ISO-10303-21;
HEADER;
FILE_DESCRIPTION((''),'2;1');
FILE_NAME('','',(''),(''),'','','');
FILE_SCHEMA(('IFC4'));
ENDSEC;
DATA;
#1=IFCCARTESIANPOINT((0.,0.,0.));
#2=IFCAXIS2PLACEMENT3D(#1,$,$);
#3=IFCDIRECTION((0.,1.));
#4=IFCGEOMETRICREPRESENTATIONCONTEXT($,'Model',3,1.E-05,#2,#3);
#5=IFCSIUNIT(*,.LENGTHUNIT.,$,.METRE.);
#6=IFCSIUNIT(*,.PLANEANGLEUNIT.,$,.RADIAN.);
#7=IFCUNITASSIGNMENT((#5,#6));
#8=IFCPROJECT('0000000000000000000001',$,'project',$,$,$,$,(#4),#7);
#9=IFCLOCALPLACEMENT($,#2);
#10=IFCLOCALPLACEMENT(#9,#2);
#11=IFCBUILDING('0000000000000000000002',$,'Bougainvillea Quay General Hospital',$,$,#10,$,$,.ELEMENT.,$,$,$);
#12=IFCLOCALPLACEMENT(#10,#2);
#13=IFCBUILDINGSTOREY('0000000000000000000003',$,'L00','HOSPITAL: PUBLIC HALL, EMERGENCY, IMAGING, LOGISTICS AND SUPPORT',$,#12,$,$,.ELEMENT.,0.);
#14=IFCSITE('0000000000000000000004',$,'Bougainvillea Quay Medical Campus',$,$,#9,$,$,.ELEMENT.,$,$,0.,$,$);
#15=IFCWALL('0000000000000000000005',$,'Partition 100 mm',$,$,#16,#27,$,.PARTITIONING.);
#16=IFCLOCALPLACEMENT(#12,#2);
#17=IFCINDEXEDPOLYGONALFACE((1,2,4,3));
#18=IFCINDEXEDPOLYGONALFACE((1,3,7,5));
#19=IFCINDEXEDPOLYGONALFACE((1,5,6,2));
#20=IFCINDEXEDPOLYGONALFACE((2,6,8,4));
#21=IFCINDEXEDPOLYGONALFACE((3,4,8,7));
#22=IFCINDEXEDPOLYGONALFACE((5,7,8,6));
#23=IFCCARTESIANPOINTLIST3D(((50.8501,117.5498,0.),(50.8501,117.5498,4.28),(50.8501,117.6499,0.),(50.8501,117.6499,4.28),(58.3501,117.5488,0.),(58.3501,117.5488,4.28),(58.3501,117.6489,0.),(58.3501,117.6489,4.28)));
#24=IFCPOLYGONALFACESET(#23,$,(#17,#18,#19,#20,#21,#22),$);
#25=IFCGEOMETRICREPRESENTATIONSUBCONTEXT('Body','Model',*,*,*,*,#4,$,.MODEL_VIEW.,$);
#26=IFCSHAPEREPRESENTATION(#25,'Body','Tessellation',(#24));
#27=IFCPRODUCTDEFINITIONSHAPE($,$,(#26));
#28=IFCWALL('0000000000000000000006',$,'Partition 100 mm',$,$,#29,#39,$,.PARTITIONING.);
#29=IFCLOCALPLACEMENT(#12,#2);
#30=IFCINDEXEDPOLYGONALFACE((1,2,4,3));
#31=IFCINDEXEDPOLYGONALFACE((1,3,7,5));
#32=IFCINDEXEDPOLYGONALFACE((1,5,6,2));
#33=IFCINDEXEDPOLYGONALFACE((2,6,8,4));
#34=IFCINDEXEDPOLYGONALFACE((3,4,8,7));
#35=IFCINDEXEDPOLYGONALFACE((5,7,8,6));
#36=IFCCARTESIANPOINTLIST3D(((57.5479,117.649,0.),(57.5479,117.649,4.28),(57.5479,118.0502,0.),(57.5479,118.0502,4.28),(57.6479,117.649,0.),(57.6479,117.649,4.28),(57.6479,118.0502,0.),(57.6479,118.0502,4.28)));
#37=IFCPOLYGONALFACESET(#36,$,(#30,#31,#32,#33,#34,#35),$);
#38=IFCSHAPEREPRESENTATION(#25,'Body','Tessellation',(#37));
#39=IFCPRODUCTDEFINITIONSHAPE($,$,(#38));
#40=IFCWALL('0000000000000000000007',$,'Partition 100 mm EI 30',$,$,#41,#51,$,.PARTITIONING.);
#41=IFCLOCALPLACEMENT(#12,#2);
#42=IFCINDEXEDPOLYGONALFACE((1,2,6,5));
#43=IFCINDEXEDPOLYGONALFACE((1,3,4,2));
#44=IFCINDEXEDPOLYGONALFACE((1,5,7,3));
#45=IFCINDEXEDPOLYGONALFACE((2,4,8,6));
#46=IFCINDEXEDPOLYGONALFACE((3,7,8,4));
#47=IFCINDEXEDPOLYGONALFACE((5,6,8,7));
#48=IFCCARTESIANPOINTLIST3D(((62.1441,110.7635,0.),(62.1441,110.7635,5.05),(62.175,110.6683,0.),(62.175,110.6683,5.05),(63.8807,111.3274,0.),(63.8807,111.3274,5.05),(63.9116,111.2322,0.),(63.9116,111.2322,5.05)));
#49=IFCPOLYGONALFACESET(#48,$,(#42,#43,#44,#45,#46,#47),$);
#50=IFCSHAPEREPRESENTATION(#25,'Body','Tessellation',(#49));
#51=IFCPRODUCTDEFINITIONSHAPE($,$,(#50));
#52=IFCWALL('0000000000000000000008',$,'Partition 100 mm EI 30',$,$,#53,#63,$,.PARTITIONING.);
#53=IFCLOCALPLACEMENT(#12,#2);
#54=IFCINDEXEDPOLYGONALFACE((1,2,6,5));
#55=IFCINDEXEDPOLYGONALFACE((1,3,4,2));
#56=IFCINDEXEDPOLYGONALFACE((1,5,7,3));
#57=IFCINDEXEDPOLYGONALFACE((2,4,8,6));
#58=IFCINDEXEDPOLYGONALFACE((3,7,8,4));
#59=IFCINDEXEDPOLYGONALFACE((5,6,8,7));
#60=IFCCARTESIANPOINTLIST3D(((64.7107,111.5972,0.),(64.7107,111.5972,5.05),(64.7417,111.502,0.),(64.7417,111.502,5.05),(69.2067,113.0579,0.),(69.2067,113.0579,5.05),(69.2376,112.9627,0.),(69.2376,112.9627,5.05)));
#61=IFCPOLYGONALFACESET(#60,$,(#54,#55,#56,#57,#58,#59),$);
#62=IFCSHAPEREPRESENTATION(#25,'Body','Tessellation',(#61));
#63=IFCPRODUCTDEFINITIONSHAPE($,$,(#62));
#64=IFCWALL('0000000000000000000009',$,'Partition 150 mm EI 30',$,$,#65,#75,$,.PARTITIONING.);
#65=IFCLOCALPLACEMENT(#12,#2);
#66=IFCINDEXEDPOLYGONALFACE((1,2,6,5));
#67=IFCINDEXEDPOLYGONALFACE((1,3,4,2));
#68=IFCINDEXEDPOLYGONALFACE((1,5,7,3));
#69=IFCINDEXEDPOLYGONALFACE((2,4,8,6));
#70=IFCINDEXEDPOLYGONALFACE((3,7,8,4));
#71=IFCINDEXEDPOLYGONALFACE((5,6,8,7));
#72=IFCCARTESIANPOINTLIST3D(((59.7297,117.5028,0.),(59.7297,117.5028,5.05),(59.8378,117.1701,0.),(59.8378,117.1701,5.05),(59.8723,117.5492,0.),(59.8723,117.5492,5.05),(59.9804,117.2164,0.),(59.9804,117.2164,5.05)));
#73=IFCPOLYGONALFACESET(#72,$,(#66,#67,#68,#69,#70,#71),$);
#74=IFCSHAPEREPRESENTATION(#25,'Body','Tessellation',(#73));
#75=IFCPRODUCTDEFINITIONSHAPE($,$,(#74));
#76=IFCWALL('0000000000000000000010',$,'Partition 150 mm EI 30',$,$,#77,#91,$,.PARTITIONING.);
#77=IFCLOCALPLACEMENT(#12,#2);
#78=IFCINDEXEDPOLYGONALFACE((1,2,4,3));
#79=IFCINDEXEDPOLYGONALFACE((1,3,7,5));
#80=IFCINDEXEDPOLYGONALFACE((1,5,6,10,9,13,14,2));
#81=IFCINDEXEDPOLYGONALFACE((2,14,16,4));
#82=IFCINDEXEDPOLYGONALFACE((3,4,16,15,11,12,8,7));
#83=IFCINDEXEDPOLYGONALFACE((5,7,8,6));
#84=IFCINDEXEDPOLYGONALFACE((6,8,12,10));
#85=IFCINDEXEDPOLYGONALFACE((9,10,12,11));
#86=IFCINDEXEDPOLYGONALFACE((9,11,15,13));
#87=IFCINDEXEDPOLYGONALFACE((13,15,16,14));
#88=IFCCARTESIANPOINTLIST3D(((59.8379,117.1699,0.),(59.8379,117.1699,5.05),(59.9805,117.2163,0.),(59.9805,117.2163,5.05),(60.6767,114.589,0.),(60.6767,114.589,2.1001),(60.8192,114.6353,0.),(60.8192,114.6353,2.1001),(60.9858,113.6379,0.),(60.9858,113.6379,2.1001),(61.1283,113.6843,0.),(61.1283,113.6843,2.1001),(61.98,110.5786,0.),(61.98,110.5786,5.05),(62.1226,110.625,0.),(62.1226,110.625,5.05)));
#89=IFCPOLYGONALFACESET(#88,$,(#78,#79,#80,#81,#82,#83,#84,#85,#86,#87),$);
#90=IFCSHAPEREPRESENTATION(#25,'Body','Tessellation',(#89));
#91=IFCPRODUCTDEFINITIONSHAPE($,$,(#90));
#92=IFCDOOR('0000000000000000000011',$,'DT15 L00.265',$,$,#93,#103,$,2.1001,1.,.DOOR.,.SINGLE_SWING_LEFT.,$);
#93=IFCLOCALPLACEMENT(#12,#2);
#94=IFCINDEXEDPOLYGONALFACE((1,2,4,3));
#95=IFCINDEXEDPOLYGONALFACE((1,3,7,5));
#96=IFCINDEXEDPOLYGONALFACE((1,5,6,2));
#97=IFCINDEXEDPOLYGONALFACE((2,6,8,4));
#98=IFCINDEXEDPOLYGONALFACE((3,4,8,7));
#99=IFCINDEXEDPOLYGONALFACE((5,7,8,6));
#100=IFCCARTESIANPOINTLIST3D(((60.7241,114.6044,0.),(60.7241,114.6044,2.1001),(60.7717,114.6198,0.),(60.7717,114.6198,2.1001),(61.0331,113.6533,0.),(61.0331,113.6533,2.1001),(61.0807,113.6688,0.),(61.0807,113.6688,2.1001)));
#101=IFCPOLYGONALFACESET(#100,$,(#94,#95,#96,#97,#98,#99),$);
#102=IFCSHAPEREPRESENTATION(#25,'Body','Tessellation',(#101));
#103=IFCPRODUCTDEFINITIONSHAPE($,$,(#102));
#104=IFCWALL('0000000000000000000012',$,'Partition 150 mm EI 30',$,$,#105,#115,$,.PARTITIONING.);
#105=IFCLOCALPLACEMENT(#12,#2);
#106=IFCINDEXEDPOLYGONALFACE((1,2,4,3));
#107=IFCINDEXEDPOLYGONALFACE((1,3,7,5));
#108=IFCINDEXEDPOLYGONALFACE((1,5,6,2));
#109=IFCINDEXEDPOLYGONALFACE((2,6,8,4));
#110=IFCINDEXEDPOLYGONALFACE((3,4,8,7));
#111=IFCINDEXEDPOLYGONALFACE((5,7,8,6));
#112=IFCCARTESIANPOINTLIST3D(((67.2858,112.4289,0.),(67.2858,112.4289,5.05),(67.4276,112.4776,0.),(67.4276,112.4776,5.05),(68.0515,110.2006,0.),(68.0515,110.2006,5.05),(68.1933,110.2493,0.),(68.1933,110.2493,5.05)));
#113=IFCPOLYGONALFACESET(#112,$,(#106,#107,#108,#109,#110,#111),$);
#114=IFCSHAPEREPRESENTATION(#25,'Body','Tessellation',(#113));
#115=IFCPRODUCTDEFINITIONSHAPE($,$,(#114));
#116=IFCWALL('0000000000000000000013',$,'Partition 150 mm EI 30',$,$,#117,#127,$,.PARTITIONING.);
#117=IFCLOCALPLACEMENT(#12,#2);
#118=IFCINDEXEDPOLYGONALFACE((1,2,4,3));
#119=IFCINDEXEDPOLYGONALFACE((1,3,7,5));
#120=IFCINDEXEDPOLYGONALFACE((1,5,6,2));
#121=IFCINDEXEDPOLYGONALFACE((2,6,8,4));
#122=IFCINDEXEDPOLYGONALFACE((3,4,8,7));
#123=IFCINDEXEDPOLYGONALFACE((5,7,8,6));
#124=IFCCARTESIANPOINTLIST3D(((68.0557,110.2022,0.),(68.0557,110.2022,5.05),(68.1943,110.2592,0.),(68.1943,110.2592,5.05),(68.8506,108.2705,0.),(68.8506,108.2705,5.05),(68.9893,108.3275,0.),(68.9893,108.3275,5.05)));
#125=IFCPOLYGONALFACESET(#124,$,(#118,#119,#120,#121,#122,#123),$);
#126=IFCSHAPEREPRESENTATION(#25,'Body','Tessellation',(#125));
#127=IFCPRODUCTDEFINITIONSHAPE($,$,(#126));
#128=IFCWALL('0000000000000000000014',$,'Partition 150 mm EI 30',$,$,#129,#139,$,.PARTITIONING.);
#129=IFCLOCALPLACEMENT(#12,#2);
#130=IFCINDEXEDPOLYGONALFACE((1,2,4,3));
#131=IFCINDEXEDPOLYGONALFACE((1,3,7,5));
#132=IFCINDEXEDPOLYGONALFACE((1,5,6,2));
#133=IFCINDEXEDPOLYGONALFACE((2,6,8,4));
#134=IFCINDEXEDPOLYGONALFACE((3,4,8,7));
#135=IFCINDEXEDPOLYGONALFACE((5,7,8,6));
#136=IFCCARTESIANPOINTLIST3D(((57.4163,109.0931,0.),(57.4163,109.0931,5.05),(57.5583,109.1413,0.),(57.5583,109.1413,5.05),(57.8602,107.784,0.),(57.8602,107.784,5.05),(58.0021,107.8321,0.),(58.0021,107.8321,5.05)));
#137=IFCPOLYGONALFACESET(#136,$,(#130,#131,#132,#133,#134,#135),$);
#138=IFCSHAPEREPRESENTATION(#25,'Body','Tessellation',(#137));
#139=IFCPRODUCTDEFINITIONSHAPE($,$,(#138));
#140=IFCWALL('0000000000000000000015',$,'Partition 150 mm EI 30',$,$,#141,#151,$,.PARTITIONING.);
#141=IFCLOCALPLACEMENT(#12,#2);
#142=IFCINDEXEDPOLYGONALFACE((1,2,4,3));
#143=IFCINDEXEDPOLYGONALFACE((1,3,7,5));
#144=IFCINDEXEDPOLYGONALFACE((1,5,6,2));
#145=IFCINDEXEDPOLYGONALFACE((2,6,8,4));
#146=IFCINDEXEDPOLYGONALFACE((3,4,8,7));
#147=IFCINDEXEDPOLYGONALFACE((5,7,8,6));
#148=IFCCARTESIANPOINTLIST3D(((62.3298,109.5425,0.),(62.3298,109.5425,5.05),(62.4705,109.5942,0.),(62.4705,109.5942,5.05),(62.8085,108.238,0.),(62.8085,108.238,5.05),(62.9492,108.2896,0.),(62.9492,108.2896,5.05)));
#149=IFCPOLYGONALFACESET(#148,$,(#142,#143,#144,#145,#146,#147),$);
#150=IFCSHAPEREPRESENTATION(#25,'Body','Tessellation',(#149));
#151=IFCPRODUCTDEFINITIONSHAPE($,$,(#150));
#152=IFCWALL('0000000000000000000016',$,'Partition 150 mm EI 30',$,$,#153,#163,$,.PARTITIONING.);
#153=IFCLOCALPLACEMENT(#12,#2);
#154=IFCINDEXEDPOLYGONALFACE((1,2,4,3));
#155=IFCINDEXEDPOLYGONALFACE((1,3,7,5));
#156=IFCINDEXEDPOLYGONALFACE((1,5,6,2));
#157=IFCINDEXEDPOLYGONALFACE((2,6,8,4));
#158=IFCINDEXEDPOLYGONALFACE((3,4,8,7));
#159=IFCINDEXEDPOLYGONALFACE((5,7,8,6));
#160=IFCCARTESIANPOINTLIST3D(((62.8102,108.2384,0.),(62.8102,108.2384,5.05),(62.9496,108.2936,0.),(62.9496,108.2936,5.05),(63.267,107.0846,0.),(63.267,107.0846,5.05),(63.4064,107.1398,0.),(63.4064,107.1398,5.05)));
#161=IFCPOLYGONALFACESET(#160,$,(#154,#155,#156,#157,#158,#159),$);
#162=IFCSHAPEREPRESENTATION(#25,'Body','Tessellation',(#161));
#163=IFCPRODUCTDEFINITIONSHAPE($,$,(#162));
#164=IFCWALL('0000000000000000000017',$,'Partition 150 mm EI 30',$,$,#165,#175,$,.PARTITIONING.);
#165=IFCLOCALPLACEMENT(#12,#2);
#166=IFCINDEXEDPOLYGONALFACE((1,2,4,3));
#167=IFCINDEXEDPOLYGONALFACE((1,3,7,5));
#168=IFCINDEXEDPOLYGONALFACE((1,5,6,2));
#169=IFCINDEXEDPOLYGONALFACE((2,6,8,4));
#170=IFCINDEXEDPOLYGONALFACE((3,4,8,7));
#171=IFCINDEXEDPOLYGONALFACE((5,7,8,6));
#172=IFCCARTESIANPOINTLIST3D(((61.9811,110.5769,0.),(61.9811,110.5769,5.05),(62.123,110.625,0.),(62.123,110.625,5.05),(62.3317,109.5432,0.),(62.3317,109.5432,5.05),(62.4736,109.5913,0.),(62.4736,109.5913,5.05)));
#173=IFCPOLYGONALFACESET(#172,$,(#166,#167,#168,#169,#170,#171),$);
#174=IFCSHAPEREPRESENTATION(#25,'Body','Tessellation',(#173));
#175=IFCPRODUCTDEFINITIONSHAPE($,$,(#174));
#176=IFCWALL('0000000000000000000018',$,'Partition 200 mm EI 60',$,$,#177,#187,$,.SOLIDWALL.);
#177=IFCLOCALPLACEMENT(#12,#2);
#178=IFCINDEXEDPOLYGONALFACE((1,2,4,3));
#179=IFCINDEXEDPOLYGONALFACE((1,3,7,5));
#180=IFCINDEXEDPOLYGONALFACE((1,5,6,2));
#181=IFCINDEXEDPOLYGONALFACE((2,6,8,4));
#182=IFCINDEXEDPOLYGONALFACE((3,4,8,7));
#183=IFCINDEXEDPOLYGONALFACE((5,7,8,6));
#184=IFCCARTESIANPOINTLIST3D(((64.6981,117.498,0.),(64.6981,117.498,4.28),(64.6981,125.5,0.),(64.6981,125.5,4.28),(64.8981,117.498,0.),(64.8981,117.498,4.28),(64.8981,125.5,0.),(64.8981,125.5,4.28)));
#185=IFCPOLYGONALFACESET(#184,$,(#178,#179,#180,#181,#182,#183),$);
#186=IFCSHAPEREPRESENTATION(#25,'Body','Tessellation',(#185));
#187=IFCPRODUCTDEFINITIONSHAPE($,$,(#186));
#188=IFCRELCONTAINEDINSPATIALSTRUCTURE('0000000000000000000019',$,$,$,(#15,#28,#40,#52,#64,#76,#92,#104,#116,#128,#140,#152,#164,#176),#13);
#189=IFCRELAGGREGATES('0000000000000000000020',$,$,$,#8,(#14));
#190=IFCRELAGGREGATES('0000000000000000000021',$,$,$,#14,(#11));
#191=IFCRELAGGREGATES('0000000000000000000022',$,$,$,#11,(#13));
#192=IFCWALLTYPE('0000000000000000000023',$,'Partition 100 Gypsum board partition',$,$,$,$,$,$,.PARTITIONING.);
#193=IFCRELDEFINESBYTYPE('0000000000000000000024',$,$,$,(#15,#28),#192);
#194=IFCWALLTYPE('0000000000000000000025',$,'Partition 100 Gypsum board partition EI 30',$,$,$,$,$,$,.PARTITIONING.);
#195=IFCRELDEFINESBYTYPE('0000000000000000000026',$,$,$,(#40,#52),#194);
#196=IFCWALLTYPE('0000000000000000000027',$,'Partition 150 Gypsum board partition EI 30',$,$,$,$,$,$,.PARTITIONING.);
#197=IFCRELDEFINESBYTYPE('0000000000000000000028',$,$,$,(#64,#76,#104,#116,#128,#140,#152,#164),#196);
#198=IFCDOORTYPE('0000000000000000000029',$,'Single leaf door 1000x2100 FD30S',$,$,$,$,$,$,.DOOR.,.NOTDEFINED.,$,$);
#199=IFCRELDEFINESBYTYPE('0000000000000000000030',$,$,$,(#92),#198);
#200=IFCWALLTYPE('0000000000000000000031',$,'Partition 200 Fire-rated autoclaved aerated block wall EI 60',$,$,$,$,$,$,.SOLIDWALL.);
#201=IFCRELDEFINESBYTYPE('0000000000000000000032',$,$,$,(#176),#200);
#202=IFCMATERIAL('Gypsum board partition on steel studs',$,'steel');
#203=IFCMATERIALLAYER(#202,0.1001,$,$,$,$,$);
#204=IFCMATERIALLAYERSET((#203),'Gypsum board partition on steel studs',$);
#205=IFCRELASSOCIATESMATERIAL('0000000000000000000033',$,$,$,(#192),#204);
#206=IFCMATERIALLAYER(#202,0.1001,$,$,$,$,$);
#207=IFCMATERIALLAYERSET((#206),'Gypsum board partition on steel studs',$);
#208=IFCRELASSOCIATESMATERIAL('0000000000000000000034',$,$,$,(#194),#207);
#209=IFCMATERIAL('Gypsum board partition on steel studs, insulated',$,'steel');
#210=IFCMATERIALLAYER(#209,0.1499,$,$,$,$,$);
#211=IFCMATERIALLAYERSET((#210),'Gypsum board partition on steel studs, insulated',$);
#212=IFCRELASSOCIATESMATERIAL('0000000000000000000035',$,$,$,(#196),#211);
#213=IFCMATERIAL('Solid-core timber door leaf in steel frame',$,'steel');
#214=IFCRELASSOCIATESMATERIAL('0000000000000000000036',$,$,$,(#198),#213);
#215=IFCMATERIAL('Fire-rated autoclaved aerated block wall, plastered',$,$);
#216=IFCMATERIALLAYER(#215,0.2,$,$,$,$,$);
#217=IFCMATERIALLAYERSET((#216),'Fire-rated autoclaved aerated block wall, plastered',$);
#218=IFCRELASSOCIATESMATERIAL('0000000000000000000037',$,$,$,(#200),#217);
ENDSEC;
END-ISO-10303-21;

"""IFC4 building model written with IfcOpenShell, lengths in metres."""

from ifc_helpers import new_model, si_unit, direction, frame, frame_2d, origin, place, context, subcontext, project, spatial, rectangle, extrude, material, layer, layer_set, type_object, element, fill, save


model = new_model("IFC4")

# Units and contexts
model_context = context("Model", 3, precision=1e-05, world=origin(), true_north=direction((0.0, 1.0)))
body_context = subcontext(model_context, "Body", "Model", "MODEL_VIEW")
ifc_project = project(units=[si_unit("LENGTHUNIT", "METRE"), si_unit("PLANEANGLEUNIT", "RADIAN")], contexts=[model_context])

# Site, building, storey
site_placement = place(None, origin())
site = spatial("IfcSite", under=ifc_project, at=site_placement, Name="Bougainvillea Quay Medical Campus", CompositionType="ELEMENT", RefElevation=0.0)
building_placement = place(site_placement, origin())
building = spatial("IfcBuilding", under=site, at=building_placement, Name="Bougainvillea Quay General Hospital", CompositionType="ELEMENT")
storey_placement = place(building_placement, origin())
storey = spatial("IfcBuildingStorey", under=building, at=storey_placement, Name="L00", Description="HOSPITAL: PUBLIC HALL, EMERGENCY, IMAGING, LOGISTICS AND SUPPORT", CompositionType="ELEMENT", Elevation=0.0)

# Walls
ifc_material_1 = material(Name="Gypsum board partition on steel studs", Category="steel")
ifc_layer_1 = layer(ifc_material_1, 0.1001)
ifc_layer_set_1 = layer_set([ifc_layer_1], Name="Gypsum board partition on steel studs")
wall_type_1 = type_object("IfcWallType", Name="Partition 100 Gypsum board partition", PredefinedType="PARTITIONING", material=ifc_layer_set_1)
wall_1_placement = place(storey_placement, frame((58.3501, 117.5989, 0.0), z_axis=(0.0, 0.0, 1.0), x_axis=(-1.0, 0.00013, 0.0)))
element("IfcWall", 1, at=wall_1_placement, inside=storey, type_object=wall_type_1, Name="Partition 100 mm", PredefinedType="PARTITIONING", context=body_context, shape_type="SweptSolid", body=[
    extrude(rectangle(XDim=7.5, YDim=0.1001, at=frame_2d((3.75, 0.0))), origin(), (0.0, 0.0, 1.0), 4.28),
])
wall_2_placement = place(storey_placement, frame((57.5979, 117.6489, 0.0), z_axis=(0.0, 0.0, 1.0), x_axis=(0.0, 1.0, 0.0)))
element("IfcWall", 2, at=wall_2_placement, inside=storey, type_object=wall_type_1, Name="Partition 100 mm", PredefinedType="PARTITIONING", context=body_context, shape_type="SweptSolid", body=[
    extrude(rectangle(XDim=0.4011, YDim=0.1001, at=frame_2d((0.2007, 0.0))), origin(), (0.0, 0.0, 1.0), 4.28),
])
ifc_layer_2 = layer(ifc_material_1, 0.1001)
ifc_layer_set_2 = layer_set([ifc_layer_2], Name="Gypsum board partition on steel studs")
wall_type_2 = type_object("IfcWallType", Name="Partition 100 Gypsum board partition EI 30", PredefinedType="PARTITIONING", material=ifc_layer_set_2)
wall_3_placement = place(storey_placement, frame((62.1594, 110.7158, 0.0), z_axis=(0.0, 0.0, 1.0), x_axis=(0.951102, 0.308877, 0.0)))
element("IfcWall", 3, at=wall_3_placement, inside=storey, type_object=wall_type_2, Name="Partition 100 mm EI 30", PredefinedType="PARTITIONING", context=body_context, shape_type="SweptSolid", body=[
    extrude(rectangle(XDim=1.8259, YDim=0.1001, at=frame_2d((0.9131, 0.0))), origin(), (0.0, 0.0, 1.0), 5.05),
])
wall_4_placement = place(storey_placement, frame((64.7261, 111.5496, 0.0), z_axis=(0.0, 0.0, 1.0), x_axis=(0.951063, 0.308998, 0.0)))
element("IfcWall", 4, at=wall_4_placement, inside=storey, type_object=wall_type_2, Name="Partition 100 mm EI 30", PredefinedType="PARTITIONING", context=body_context, shape_type="SweptSolid", body=[
    extrude(rectangle(XDim=4.7273, YDim=0.1001, at=frame_2d((2.3638, 0.0))), origin(), (0.0, 0.0, 1.0), 5.05),
])
ifc_material_2 = material(Name="Gypsum board partition on steel studs, insulated", Category="steel")
ifc_layer_3 = layer(ifc_material_2, 0.1499)
ifc_layer_set_3 = layer_set([ifc_layer_3], Name="Gypsum board partition on steel studs, insulated")
wall_type_3 = type_object("IfcWallType", Name="Partition 150 Gypsum board partition EI 30", PredefinedType="PARTITIONING", material=ifc_layer_set_3)
wall_5_placement = place(storey_placement, frame((59.801, 117.5259, 0.0), z_axis=(0.0, 0.0, 1.0), x_axis=(0.309102, -0.951029, 0.0)))
element("IfcWall", 5, at=wall_5_placement, inside=storey, type_object=wall_type_3, Name="Partition 150 mm EI 30", PredefinedType="PARTITIONING", context=body_context, shape_type="SweptSolid", body=[
    extrude(rectangle(XDim=0.3499, YDim=0.1499, at=frame_2d((0.1748, 0.0))), origin(), (0.0, 0.0, 1.0), 5.05),
])

# Wall, opening, door
wall_6_placement = place(storey_placement, frame((59.9092, 117.1931, 0.0), z_axis=(0.0, 0.0, 1.0), x_axis=(0.309075, -0.951038, 0.0)))
wall_6 = element("IfcWall", 6, at=wall_6_placement, inside=storey, type_object=wall_type_3, Name="Partition 150 mm EI 30", PredefinedType="PARTITIONING", context=body_context, shape_type="SweptSolid", body=[
    extrude(rectangle(XDim=6.9307, YDim=0.1499, at=frame_2d((3.4653, 0.0))), origin(), (0.0, 0.0, 1.0), 5.05),
])
opening_placement = place(wall_6_placement, frame((2.7139, 0.0, 0.0)))
opening = element("IfcOpeningElement", 7, at=opening_placement, cuts=wall_6, PredefinedType="OPENING", context=body_context, shape_type="SweptSolid", body=[
    extrude(rectangle(XDim=1.0, YDim=2.1001, at=frame_2d((0.5, 1.05))), frame((0.0, 0.085, 0.0), z_axis=(0.0, -1.0, 0.0), x_axis=(1.0, 0.0, 0.0)), (0.0, 0.0, 1.0), 0.1699),
])
ifc_material_3 = material(Name="Solid-core timber door leaf in steel frame", Category="steel")
door_type = type_object("IfcDoorType", Name="Single leaf door 1000x2100 FD30S", OperationType="NOTDEFINED", PredefinedType="DOOR", material=ifc_material_3)
door_placement = place(opening_placement, origin())
door = element("IfcDoor", 8, at=door_placement, inside=storey, type_object=door_type, Name="DT15 L00.265", OperationType="SINGLE_SWING_LEFT", OverallHeight=2.1001, OverallWidth=1.0, PredefinedType="DOOR", context=body_context, shape_type="SweptSolid", body=[
    extrude(rectangle(XDim=1.0, YDim=2.1001, at=frame_2d((0.5, 1.05))), frame((0.0, 0.0249, 0.0), z_axis=(0.0, -1.0, 0.0), x_axis=(1.0, 0.0, 0.0)), (0.0, 0.0, 1.0), 0.05),
])
fill(opening, door)

# Walls
wall_7_placement = place(storey_placement, frame((67.3567, 112.4534, 0.0), z_axis=(0.0, 0.0, 1.0), x_axis=(0.324949, -0.945731, 0.0)))
element("IfcWall", 9, at=wall_7_placement, inside=storey, type_object=wall_type_3, Name="Partition 150 mm EI 30", PredefinedType="PARTITIONING", context=body_context, shape_type="SweptSolid", body=[
    extrude(rectangle(XDim=2.3562, YDim=0.1499, at=frame_2d((1.1782, 0.0))), origin(), (0.0, 0.0, 1.0), 5.05),
])
wall_8_placement = place(storey_placement, frame((68.125, 110.2307, 0.0), z_axis=(0.0, 0.0, 1.0), x_axis=(0.380562, -0.924756, 0.0)))
element("IfcWall", 10, at=wall_8_placement, inside=storey, type_object=wall_type_3, Name="Partition 150 mm EI 30", PredefinedType="PARTITIONING", context=body_context, shape_type="SweptSolid", body=[
    extrude(rectangle(XDim=2.0889, YDim=0.1499, at=frame_2d((1.0444, 0.0))), origin(), (0.0, 0.0, 1.0), 5.05),
])
wall_9_placement = place(storey_placement, frame((57.4873, 109.1172, 0.0), z_axis=(0.0, 0.0, 1.0), x_axis=(0.321098, -0.947046, 0.0)))
element("IfcWall", 11, at=wall_9_placement, inside=storey, type_object=wall_type_3, Name="Partition 150 mm EI 30", PredefinedType="PARTITIONING", context=body_context, shape_type="SweptSolid", body=[
    extrude(rectangle(XDim=1.3823, YDim=0.1499, at=frame_2d((0.6912, 0.0))), origin(), (0.0, 0.0, 1.0), 5.05),
])
wall_10_placement = place(storey_placement, frame((62.4001, 109.5684, 0.0), z_axis=(0.0, 0.0, 1.0), x_axis=(0.344492, -0.938789, 0.0)))
element("IfcWall", 12, at=wall_10_placement, inside=storey, type_object=wall_type_3, Name="Partition 150 mm EI 30", PredefinedType="PARTITIONING", context=body_context, shape_type="SweptSolid", body=[
    extrude(rectangle(XDim=1.3896, YDim=0.1499, at=frame_2d((0.6948, 0.0))), origin(), (0.0, 0.0, 1.0), 5.05),
])
wall_11_placement = place(storey_placement, frame((62.8799, 108.2661, 0.0), z_axis=(0.0, 0.0, 1.0), x_axis=(0.368098, -0.929787, 0.0)))
element("IfcWall", 13, at=wall_11_placement, inside=storey, type_object=wall_type_3, Name="Partition 150 mm EI 30", PredefinedType="PARTITIONING", context=body_context, shape_type="SweptSolid", body=[
    extrude(rectangle(XDim=1.241, YDim=0.1499, at=frame_2d((0.6206, 0.0))), origin(), (0.0, 0.0, 1.0), 5.05),
])
wall_12_placement = place(storey_placement, frame((62.052, 110.6011, 0.0), z_axis=(0.0, 0.0, 1.0), x_axis=(0.321189, -0.947015, 0.0)))
element("IfcWall", 14, at=wall_12_placement, inside=storey, type_object=wall_type_3, Name="Partition 150 mm EI 30", PredefinedType="PARTITIONING", context=body_context, shape_type="SweptSolid", body=[
    extrude(rectangle(XDim=1.0916, YDim=0.1499, at=frame_2d((0.5459, 0.0))), origin(), (0.0, 0.0, 1.0), 5.05),
])
ifc_material_4 = material(Name="Fire-rated autoclaved aerated block wall, plastered")
ifc_layer_4 = layer(ifc_material_4, 0.2)
ifc_layer_set_4 = layer_set([ifc_layer_4], Name="Fire-rated autoclaved aerated block wall, plastered")
wall_type_4 = type_object("IfcWallType", Name="Partition 200 Fire-rated autoclaved aerated block wall EI 60", PredefinedType="SOLIDWALL", material=ifc_layer_set_4)
wall_13_placement = place(storey_placement, frame((64.7981, 117.498, 0.0), z_axis=(0.0, 0.0, 1.0), x_axis=(0.0, 1.0, 0.0)))
element("IfcWall", 15, at=wall_13_placement, inside=storey, type_object=wall_type_4, Name="Partition 200 mm EI 60", PredefinedType="SOLIDWALL", context=body_context, shape_type="SweptSolid", body=[
    extrude(rectangle(XDim=8.002, YDim=0.2, at=frame_2d((4.001, 0.0))), origin(), (0.0, 0.0, 1.0), 4.28),
])

save(model, "model.ifc")
